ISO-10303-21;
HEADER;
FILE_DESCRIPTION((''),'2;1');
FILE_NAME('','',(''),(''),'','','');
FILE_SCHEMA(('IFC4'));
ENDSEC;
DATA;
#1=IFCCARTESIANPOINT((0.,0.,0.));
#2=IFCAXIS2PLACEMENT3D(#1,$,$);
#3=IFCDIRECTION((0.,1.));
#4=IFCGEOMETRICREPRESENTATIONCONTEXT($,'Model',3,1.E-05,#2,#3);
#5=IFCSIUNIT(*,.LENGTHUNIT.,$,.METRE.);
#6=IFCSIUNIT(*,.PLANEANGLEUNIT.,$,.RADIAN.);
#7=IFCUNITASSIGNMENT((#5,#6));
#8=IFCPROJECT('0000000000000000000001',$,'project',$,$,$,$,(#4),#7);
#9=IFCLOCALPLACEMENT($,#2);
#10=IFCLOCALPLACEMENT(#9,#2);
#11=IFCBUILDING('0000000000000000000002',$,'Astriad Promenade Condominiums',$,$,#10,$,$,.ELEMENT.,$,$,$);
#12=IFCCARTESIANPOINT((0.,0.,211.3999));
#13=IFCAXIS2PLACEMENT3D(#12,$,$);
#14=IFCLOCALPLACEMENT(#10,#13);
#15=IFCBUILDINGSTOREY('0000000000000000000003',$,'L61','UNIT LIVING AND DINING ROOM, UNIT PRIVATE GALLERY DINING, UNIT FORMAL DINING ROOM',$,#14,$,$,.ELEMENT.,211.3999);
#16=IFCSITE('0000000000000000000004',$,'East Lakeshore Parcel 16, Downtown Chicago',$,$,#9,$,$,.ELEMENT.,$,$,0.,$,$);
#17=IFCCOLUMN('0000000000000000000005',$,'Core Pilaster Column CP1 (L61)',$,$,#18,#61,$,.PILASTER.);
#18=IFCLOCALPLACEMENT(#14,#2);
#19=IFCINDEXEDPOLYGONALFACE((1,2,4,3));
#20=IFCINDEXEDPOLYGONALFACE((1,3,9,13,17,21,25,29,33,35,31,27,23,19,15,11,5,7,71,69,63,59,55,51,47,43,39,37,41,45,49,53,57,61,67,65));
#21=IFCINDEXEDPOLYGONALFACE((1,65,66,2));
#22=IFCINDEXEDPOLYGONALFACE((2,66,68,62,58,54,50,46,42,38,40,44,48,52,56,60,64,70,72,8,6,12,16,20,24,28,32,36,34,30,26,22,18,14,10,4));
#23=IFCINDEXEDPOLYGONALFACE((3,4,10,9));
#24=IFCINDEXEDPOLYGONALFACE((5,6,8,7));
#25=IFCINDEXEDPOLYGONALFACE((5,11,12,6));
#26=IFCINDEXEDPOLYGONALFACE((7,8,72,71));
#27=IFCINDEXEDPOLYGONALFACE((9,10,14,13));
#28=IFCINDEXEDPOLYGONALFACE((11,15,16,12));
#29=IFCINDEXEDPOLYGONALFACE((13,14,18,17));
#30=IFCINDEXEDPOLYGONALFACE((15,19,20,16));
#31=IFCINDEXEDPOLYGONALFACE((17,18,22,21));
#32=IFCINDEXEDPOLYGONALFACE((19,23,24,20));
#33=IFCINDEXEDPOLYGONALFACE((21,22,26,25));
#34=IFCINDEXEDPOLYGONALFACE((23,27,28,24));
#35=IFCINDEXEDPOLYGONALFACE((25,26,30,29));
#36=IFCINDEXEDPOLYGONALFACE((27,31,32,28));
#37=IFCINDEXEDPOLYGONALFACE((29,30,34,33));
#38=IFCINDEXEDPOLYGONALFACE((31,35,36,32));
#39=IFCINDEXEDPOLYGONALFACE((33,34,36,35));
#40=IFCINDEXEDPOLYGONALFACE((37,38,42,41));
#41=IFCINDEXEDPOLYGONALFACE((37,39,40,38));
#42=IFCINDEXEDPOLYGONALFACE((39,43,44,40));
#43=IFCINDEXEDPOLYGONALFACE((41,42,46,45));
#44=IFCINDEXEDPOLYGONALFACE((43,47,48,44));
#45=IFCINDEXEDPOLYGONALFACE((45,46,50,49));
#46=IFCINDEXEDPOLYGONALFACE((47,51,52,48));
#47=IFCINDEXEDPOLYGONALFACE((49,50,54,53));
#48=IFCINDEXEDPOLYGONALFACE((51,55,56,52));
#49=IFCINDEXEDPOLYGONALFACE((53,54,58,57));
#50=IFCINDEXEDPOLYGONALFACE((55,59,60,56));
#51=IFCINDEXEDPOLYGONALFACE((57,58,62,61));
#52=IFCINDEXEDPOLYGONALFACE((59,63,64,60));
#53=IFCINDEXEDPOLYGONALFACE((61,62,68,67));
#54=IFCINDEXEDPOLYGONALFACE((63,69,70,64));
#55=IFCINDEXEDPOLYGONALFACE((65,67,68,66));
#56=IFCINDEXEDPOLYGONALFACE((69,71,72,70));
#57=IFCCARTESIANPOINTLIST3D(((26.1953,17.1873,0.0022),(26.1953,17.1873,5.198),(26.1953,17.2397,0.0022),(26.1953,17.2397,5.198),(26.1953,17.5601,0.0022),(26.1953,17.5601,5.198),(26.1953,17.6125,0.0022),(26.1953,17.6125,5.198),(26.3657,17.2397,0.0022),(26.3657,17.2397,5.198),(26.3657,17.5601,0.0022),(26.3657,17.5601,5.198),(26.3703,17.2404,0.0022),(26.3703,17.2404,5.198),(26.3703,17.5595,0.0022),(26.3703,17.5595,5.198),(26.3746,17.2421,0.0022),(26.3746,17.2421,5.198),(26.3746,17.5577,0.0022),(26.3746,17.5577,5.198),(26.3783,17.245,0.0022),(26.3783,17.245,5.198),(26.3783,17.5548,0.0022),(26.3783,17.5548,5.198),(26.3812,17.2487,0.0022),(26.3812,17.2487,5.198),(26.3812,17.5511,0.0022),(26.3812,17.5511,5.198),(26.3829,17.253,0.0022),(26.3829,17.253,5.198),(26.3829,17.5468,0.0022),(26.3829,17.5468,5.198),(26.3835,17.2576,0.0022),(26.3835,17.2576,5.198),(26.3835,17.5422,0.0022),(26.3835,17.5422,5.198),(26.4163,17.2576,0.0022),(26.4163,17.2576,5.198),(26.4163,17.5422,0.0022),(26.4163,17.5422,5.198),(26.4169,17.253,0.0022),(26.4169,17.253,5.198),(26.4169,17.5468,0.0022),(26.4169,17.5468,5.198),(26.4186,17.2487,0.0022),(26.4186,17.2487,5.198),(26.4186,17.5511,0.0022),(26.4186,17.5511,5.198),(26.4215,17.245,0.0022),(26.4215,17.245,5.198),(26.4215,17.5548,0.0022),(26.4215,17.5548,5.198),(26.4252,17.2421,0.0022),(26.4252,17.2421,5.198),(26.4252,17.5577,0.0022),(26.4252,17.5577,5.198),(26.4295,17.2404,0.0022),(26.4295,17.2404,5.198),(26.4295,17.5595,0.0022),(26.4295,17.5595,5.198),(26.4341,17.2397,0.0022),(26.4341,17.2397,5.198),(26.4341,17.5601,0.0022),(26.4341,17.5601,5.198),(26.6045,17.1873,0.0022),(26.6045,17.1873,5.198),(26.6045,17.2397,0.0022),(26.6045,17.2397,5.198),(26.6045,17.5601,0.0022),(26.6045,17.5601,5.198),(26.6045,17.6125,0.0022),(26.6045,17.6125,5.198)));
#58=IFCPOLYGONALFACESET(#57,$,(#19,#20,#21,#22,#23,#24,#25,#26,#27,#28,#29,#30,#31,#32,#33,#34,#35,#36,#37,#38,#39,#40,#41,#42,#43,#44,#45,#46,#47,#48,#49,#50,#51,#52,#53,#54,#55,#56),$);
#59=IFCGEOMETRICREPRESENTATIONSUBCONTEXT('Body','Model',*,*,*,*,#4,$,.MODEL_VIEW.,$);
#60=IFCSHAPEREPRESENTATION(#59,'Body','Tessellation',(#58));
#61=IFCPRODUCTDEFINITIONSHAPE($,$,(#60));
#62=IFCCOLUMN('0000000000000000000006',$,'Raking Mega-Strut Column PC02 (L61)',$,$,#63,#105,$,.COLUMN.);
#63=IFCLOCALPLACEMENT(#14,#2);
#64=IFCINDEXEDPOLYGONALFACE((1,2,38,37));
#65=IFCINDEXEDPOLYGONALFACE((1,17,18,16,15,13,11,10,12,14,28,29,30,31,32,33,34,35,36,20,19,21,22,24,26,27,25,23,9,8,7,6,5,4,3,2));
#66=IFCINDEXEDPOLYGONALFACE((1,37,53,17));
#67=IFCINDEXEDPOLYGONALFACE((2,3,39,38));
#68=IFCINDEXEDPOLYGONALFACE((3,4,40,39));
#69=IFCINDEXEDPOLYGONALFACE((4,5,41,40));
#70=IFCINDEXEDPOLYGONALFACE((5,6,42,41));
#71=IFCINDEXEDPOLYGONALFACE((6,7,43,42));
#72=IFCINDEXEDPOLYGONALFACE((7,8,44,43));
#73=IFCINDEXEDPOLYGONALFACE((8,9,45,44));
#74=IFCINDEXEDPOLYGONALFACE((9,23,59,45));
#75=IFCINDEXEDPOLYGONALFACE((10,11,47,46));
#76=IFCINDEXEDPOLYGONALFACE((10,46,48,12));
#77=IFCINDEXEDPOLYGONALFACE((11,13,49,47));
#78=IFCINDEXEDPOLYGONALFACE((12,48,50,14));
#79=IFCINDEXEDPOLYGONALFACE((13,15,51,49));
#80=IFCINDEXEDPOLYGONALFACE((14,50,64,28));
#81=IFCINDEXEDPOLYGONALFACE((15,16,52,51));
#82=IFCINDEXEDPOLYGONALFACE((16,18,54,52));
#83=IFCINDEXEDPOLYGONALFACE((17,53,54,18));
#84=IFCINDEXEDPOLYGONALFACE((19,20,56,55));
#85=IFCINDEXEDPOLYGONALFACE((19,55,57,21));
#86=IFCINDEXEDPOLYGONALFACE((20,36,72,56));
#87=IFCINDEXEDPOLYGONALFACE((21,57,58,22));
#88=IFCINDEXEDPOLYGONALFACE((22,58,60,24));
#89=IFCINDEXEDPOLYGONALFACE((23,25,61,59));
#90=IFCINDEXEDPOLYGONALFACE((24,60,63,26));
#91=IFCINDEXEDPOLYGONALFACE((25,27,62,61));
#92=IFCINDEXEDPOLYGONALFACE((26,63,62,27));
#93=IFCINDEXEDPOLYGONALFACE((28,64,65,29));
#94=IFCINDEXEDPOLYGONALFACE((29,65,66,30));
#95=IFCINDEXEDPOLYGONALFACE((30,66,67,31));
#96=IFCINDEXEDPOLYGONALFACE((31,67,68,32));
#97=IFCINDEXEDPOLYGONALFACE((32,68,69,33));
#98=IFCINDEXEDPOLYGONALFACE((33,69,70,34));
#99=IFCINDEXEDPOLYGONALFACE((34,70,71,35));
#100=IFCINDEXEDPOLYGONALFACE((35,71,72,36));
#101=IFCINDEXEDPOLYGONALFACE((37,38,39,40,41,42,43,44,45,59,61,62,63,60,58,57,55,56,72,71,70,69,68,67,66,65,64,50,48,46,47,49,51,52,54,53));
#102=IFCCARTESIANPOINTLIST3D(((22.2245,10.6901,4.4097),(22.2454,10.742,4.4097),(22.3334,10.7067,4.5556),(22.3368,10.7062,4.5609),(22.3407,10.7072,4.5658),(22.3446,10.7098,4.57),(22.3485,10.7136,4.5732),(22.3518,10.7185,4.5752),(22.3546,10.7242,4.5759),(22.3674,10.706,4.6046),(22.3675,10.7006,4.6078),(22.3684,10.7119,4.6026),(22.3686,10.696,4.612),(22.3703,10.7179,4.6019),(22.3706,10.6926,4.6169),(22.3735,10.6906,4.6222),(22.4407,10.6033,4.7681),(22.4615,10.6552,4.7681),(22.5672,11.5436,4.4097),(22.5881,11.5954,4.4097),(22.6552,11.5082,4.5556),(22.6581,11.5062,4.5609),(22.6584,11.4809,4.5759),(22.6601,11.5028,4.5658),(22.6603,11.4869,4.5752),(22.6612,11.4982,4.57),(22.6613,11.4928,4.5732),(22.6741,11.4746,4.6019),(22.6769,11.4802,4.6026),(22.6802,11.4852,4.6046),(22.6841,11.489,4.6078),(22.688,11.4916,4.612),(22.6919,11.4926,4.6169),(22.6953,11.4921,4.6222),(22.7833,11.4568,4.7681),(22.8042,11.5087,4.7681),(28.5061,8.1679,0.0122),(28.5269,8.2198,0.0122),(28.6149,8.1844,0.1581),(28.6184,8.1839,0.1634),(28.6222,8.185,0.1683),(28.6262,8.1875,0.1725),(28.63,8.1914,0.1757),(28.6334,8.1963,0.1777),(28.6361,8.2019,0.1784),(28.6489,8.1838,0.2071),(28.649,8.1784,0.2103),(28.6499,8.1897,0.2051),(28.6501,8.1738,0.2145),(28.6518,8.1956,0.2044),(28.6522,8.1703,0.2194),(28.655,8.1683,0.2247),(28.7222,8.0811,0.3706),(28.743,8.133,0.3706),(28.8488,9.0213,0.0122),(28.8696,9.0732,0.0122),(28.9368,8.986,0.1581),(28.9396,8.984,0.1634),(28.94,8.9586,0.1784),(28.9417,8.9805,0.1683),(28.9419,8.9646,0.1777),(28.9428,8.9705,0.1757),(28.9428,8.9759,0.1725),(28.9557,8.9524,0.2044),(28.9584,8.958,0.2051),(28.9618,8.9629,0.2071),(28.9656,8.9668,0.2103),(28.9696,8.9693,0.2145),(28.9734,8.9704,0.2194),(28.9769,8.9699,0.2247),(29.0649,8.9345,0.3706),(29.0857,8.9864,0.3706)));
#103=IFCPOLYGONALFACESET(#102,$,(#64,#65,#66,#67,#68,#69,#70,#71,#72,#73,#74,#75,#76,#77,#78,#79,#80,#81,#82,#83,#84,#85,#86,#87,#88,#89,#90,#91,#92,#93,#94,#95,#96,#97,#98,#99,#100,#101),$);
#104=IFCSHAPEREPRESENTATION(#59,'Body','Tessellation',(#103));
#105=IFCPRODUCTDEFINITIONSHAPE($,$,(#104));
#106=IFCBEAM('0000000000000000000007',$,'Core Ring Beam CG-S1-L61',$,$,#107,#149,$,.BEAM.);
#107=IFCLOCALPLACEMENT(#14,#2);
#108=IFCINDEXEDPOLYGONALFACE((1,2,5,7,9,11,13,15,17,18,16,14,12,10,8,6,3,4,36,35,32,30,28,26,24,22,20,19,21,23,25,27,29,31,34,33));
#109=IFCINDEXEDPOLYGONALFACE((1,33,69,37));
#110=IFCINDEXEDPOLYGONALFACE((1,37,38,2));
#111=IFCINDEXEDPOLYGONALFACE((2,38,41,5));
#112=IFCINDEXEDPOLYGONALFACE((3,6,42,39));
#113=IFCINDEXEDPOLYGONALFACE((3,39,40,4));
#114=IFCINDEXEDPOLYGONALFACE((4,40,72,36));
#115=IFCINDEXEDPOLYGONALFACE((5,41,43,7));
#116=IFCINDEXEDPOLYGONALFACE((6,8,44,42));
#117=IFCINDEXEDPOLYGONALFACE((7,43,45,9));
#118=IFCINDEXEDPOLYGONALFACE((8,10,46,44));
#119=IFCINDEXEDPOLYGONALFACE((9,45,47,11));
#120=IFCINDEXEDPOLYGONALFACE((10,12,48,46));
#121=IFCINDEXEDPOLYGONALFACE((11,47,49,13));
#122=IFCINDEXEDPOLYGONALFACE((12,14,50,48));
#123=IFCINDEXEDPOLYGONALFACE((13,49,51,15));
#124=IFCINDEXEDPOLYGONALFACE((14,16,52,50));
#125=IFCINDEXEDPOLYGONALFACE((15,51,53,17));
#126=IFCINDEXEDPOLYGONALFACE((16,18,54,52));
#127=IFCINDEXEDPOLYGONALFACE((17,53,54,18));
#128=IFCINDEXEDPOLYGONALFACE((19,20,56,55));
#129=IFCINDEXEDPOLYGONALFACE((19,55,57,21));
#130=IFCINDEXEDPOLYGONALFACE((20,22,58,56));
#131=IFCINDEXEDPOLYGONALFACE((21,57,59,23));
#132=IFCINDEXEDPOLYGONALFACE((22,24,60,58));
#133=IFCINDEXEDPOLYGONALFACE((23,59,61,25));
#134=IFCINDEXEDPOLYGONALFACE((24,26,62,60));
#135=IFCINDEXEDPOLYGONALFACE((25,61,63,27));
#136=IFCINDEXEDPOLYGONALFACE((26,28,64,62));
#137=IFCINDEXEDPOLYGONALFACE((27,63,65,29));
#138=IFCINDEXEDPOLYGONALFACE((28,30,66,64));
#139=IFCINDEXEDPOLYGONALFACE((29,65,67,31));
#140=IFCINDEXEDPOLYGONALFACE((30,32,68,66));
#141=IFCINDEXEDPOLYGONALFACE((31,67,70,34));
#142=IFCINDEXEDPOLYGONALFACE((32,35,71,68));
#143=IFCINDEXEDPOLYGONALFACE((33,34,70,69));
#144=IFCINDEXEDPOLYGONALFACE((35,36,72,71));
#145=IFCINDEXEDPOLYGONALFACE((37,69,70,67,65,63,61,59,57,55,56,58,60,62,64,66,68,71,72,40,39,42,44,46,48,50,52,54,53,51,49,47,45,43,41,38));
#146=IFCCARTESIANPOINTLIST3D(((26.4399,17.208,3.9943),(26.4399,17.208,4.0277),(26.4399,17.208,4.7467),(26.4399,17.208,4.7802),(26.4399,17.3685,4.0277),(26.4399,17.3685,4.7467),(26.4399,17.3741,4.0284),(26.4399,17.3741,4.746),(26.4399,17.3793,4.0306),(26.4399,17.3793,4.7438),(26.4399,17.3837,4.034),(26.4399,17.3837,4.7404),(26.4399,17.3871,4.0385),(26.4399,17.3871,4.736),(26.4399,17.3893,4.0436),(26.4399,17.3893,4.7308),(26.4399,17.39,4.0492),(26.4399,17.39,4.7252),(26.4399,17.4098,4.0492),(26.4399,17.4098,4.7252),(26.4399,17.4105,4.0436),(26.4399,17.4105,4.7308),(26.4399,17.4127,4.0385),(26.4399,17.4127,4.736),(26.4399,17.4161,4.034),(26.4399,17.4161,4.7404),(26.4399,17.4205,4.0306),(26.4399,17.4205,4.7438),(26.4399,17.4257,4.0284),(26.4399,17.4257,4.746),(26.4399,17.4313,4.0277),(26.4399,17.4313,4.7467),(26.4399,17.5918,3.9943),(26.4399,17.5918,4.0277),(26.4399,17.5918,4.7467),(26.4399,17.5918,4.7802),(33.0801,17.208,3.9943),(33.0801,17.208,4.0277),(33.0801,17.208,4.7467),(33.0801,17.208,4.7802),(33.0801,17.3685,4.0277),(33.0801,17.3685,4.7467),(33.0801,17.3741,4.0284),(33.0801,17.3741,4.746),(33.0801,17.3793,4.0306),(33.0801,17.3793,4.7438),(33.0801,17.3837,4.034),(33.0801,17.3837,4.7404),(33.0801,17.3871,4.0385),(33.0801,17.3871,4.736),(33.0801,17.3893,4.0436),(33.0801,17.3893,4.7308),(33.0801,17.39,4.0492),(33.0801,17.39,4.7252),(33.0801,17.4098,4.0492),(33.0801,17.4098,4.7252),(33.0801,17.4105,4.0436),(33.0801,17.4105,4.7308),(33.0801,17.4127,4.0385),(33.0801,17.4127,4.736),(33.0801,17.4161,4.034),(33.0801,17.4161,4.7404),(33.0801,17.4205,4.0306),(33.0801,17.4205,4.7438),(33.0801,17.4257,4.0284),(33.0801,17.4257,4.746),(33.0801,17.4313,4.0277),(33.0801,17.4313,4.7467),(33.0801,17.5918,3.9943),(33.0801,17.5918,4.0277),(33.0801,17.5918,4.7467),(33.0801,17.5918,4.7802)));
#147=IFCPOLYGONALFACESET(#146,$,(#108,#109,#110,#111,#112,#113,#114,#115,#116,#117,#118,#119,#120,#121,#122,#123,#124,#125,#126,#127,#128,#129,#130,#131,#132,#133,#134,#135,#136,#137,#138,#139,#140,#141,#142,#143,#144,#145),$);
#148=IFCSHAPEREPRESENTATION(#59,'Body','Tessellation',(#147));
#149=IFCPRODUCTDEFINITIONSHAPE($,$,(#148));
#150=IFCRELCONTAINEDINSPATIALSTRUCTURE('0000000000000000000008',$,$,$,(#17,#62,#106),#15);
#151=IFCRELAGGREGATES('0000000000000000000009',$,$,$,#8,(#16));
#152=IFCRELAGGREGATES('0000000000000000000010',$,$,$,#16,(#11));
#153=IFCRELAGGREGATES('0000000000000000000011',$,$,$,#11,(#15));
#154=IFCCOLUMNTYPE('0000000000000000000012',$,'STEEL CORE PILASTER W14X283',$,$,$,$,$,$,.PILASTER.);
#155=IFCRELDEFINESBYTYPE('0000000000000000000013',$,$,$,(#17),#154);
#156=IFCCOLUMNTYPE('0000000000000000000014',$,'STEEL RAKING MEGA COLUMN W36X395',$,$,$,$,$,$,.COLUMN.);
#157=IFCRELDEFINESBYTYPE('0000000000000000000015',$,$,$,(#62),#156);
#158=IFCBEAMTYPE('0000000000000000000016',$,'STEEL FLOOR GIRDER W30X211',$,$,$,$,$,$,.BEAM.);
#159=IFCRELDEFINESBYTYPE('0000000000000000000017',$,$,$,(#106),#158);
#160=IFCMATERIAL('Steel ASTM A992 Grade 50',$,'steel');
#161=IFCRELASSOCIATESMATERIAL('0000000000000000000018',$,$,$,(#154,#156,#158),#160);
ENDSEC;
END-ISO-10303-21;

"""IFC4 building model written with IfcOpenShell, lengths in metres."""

from ifc_helpers import new_model, si_unit, direction, frame, origin, origin_2d, place, context, subcontext, project, spatial, i_section, extrude, source, transform, mapped, material, material_profile, profile_set, type_object, type_shapes, element, save


model = new_model("IFC4")

# Units and contexts
model_context = context("Model", 3, precision=1e-05, world=origin(), true_north=direction((0.0, 1.0)))
body_context = subcontext(model_context, "Body", "Model", "MODEL_VIEW")
ifc_project = project(units=[si_unit("LENGTHUNIT", "METRE"), si_unit("PLANEANGLEUNIT", "RADIAN")], contexts=[model_context])

# Site, building, storey
site_placement = place(None, origin())
site = spatial("IfcSite", under=ifc_project, at=site_placement, Name="East Lakeshore Parcel 16, Downtown Chicago", CompositionType="ELEMENT", RefElevation=0.0)
building_placement = place(site_placement, origin())
building = spatial("IfcBuilding", under=site, at=building_placement, Name="Astriad Promenade Condominiums", CompositionType="ELEMENT")
storey_placement = place(building_placement, frame((0.0, 0.0, 211.3999)))
storey = spatial("IfcBuildingStorey", under=building, at=storey_placement, Name="L61", Description="UNIT LIVING AND DINING ROOM, UNIT PRIVATE GALLERY DINING, UNIT FORMAL DINING ROOM", CompositionType="ELEMENT", Elevation=211.3999)

# Columns
ifc_material_1 = material(Name="Steel ASTM A992 Grade 50", Category="steel")
ifc_material_profile_1 = material_profile(ifc_material_1, i_section(OverallWidth=0.4092, OverallDepth=0.4253, WebThickness=0.0327, FlangeThickness=0.0525, FilletRadius=0.0178, at=origin_2d()), Name="W14X283")
ifc_profile_set_1 = profile_set([ifc_material_profile_1], Name="Steel ASTM A992 Grade 50")
column_type_1 = type_object("IfcColumnType", Name="STEEL CORE PILASTER W14X283", PredefinedType="PILASTER", material=ifc_profile_set_1)
shared_shape_1 = source(origin(), body_context, "Body", "SweptSolid", [
    extrude(i_section(OverallWidth=0.4092, OverallDepth=0.4253, WebThickness=0.0327, FlangeThickness=0.0525, FilletRadius=0.0178, at=origin_2d()), origin(), (0.0, 0.0, 1.0), 5.1958),
])
type_shapes(column_type_1, [shared_shape_1])
column_1_placement = place(storey_placement, frame((26.3999, 17.3999, 0.0022), z_axis=(0.0, 0.0, 1.0), x_axis=(1.0, 0.0, 0.0)))
element("IfcColumn", 1, at=column_1_placement, inside=storey, type_object=column_type_1, Name="Core Pilaster Column CP1 (L61)", PredefinedType="PILASTER", context=body_context, shape_type="MappedRepresentation", body=[
    mapped(shared_shape_1, transform((0.0, 0.0, 0.0), scale=1.0)),
])
ifc_material_profile_2 = material_profile(ifc_material_1, i_section(OverallWidth=0.4275, OverallDepth=0.9756, WebThickness=0.031, FlangeThickness=0.0559, FilletRadius=0.0242, at=origin_2d()), Name="W36X395")
ifc_profile_set_2 = profile_set([ifc_material_profile_2], Name="Steel ASTM A992 Grade 50")
column_type_2 = type_object("IfcColumnType", Name="STEEL RAKING MEGA COLUMN W36X395", PredefinedType="COLUMN", material=ifc_profile_set_2)
shared_shape_2 = source(origin(), body_context, "Body", "SweptSolid", [
    extrude(i_section(OverallWidth=0.4275, OverallDepth=0.9756, WebThickness=0.031, FlangeThickness=0.0559, FilletRadius=0.0242, at=origin_2d()), origin(), (0.0, 0.0, 1.0), 8.072),
])
type_shapes(column_type_2, [shared_shape_2])
column_2_placement = place(storey_placement, frame((28.7959, 8.5771, 0.1914), z_axis=(-0.778188, 0.312467, 0.544783), x_axis=(0.505551, -0.202994, 0.838577)))
element("IfcColumn", 2, at=column_2_placement, inside=storey, type_object=column_type_2, Name="Raking Mega-Strut Column PC02 (L61)", PredefinedType="COLUMN", context=body_context, shape_type="MappedRepresentation", body=[
    mapped(shared_shape_2, transform((0.0, 0.0, 0.0), scale=1.0)),
])

# Beam
ifc_material_profile_3 = material_profile(ifc_material_1, i_section(OverallWidth=0.3838, OverallDepth=0.7859, WebThickness=0.0198, FlangeThickness=0.0334, FilletRadius=0.0215, at=origin_2d()), Name="W30X211")
ifc_profile_set_3 = profile_set([ifc_material_profile_3], Name="Steel ASTM A992 Grade 50")
beam_type_1 = type_object("IfcBeamType", Name="STEEL FLOOR GIRDER W30X211", PredefinedType="BEAM", material=ifc_profile_set_3)
shared_shape_3 = source(origin(), body_context, "Body", "SweptSolid", [
    extrude(i_section(OverallWidth=0.3838, OverallDepth=0.7859, WebThickness=0.0198, FlangeThickness=0.0334, FilletRadius=0.0215, at=origin_2d()), origin(), (0.0, 0.0, 1.0), 6.6401),
])
type_shapes(beam_type_1, [shared_shape_3])
beam_1_placement = place(storey_placement, frame((26.4399, 17.3999, 4.3872), z_axis=(1.0, 0.0, 0.0), x_axis=(0.0, 1.0, 0.0)))
element("IfcBeam", 3, at=beam_1_placement, inside=storey, type_object=beam_type_1, Name="Core Ring Beam CG-S1-L61", PredefinedType="BEAM", context=body_context, shape_type="MappedRepresentation", body=[
    mapped(shared_shape_3, transform((0.0, 0.0, 0.0), scale=1.0)),
])

save(model, "model.ifc")
